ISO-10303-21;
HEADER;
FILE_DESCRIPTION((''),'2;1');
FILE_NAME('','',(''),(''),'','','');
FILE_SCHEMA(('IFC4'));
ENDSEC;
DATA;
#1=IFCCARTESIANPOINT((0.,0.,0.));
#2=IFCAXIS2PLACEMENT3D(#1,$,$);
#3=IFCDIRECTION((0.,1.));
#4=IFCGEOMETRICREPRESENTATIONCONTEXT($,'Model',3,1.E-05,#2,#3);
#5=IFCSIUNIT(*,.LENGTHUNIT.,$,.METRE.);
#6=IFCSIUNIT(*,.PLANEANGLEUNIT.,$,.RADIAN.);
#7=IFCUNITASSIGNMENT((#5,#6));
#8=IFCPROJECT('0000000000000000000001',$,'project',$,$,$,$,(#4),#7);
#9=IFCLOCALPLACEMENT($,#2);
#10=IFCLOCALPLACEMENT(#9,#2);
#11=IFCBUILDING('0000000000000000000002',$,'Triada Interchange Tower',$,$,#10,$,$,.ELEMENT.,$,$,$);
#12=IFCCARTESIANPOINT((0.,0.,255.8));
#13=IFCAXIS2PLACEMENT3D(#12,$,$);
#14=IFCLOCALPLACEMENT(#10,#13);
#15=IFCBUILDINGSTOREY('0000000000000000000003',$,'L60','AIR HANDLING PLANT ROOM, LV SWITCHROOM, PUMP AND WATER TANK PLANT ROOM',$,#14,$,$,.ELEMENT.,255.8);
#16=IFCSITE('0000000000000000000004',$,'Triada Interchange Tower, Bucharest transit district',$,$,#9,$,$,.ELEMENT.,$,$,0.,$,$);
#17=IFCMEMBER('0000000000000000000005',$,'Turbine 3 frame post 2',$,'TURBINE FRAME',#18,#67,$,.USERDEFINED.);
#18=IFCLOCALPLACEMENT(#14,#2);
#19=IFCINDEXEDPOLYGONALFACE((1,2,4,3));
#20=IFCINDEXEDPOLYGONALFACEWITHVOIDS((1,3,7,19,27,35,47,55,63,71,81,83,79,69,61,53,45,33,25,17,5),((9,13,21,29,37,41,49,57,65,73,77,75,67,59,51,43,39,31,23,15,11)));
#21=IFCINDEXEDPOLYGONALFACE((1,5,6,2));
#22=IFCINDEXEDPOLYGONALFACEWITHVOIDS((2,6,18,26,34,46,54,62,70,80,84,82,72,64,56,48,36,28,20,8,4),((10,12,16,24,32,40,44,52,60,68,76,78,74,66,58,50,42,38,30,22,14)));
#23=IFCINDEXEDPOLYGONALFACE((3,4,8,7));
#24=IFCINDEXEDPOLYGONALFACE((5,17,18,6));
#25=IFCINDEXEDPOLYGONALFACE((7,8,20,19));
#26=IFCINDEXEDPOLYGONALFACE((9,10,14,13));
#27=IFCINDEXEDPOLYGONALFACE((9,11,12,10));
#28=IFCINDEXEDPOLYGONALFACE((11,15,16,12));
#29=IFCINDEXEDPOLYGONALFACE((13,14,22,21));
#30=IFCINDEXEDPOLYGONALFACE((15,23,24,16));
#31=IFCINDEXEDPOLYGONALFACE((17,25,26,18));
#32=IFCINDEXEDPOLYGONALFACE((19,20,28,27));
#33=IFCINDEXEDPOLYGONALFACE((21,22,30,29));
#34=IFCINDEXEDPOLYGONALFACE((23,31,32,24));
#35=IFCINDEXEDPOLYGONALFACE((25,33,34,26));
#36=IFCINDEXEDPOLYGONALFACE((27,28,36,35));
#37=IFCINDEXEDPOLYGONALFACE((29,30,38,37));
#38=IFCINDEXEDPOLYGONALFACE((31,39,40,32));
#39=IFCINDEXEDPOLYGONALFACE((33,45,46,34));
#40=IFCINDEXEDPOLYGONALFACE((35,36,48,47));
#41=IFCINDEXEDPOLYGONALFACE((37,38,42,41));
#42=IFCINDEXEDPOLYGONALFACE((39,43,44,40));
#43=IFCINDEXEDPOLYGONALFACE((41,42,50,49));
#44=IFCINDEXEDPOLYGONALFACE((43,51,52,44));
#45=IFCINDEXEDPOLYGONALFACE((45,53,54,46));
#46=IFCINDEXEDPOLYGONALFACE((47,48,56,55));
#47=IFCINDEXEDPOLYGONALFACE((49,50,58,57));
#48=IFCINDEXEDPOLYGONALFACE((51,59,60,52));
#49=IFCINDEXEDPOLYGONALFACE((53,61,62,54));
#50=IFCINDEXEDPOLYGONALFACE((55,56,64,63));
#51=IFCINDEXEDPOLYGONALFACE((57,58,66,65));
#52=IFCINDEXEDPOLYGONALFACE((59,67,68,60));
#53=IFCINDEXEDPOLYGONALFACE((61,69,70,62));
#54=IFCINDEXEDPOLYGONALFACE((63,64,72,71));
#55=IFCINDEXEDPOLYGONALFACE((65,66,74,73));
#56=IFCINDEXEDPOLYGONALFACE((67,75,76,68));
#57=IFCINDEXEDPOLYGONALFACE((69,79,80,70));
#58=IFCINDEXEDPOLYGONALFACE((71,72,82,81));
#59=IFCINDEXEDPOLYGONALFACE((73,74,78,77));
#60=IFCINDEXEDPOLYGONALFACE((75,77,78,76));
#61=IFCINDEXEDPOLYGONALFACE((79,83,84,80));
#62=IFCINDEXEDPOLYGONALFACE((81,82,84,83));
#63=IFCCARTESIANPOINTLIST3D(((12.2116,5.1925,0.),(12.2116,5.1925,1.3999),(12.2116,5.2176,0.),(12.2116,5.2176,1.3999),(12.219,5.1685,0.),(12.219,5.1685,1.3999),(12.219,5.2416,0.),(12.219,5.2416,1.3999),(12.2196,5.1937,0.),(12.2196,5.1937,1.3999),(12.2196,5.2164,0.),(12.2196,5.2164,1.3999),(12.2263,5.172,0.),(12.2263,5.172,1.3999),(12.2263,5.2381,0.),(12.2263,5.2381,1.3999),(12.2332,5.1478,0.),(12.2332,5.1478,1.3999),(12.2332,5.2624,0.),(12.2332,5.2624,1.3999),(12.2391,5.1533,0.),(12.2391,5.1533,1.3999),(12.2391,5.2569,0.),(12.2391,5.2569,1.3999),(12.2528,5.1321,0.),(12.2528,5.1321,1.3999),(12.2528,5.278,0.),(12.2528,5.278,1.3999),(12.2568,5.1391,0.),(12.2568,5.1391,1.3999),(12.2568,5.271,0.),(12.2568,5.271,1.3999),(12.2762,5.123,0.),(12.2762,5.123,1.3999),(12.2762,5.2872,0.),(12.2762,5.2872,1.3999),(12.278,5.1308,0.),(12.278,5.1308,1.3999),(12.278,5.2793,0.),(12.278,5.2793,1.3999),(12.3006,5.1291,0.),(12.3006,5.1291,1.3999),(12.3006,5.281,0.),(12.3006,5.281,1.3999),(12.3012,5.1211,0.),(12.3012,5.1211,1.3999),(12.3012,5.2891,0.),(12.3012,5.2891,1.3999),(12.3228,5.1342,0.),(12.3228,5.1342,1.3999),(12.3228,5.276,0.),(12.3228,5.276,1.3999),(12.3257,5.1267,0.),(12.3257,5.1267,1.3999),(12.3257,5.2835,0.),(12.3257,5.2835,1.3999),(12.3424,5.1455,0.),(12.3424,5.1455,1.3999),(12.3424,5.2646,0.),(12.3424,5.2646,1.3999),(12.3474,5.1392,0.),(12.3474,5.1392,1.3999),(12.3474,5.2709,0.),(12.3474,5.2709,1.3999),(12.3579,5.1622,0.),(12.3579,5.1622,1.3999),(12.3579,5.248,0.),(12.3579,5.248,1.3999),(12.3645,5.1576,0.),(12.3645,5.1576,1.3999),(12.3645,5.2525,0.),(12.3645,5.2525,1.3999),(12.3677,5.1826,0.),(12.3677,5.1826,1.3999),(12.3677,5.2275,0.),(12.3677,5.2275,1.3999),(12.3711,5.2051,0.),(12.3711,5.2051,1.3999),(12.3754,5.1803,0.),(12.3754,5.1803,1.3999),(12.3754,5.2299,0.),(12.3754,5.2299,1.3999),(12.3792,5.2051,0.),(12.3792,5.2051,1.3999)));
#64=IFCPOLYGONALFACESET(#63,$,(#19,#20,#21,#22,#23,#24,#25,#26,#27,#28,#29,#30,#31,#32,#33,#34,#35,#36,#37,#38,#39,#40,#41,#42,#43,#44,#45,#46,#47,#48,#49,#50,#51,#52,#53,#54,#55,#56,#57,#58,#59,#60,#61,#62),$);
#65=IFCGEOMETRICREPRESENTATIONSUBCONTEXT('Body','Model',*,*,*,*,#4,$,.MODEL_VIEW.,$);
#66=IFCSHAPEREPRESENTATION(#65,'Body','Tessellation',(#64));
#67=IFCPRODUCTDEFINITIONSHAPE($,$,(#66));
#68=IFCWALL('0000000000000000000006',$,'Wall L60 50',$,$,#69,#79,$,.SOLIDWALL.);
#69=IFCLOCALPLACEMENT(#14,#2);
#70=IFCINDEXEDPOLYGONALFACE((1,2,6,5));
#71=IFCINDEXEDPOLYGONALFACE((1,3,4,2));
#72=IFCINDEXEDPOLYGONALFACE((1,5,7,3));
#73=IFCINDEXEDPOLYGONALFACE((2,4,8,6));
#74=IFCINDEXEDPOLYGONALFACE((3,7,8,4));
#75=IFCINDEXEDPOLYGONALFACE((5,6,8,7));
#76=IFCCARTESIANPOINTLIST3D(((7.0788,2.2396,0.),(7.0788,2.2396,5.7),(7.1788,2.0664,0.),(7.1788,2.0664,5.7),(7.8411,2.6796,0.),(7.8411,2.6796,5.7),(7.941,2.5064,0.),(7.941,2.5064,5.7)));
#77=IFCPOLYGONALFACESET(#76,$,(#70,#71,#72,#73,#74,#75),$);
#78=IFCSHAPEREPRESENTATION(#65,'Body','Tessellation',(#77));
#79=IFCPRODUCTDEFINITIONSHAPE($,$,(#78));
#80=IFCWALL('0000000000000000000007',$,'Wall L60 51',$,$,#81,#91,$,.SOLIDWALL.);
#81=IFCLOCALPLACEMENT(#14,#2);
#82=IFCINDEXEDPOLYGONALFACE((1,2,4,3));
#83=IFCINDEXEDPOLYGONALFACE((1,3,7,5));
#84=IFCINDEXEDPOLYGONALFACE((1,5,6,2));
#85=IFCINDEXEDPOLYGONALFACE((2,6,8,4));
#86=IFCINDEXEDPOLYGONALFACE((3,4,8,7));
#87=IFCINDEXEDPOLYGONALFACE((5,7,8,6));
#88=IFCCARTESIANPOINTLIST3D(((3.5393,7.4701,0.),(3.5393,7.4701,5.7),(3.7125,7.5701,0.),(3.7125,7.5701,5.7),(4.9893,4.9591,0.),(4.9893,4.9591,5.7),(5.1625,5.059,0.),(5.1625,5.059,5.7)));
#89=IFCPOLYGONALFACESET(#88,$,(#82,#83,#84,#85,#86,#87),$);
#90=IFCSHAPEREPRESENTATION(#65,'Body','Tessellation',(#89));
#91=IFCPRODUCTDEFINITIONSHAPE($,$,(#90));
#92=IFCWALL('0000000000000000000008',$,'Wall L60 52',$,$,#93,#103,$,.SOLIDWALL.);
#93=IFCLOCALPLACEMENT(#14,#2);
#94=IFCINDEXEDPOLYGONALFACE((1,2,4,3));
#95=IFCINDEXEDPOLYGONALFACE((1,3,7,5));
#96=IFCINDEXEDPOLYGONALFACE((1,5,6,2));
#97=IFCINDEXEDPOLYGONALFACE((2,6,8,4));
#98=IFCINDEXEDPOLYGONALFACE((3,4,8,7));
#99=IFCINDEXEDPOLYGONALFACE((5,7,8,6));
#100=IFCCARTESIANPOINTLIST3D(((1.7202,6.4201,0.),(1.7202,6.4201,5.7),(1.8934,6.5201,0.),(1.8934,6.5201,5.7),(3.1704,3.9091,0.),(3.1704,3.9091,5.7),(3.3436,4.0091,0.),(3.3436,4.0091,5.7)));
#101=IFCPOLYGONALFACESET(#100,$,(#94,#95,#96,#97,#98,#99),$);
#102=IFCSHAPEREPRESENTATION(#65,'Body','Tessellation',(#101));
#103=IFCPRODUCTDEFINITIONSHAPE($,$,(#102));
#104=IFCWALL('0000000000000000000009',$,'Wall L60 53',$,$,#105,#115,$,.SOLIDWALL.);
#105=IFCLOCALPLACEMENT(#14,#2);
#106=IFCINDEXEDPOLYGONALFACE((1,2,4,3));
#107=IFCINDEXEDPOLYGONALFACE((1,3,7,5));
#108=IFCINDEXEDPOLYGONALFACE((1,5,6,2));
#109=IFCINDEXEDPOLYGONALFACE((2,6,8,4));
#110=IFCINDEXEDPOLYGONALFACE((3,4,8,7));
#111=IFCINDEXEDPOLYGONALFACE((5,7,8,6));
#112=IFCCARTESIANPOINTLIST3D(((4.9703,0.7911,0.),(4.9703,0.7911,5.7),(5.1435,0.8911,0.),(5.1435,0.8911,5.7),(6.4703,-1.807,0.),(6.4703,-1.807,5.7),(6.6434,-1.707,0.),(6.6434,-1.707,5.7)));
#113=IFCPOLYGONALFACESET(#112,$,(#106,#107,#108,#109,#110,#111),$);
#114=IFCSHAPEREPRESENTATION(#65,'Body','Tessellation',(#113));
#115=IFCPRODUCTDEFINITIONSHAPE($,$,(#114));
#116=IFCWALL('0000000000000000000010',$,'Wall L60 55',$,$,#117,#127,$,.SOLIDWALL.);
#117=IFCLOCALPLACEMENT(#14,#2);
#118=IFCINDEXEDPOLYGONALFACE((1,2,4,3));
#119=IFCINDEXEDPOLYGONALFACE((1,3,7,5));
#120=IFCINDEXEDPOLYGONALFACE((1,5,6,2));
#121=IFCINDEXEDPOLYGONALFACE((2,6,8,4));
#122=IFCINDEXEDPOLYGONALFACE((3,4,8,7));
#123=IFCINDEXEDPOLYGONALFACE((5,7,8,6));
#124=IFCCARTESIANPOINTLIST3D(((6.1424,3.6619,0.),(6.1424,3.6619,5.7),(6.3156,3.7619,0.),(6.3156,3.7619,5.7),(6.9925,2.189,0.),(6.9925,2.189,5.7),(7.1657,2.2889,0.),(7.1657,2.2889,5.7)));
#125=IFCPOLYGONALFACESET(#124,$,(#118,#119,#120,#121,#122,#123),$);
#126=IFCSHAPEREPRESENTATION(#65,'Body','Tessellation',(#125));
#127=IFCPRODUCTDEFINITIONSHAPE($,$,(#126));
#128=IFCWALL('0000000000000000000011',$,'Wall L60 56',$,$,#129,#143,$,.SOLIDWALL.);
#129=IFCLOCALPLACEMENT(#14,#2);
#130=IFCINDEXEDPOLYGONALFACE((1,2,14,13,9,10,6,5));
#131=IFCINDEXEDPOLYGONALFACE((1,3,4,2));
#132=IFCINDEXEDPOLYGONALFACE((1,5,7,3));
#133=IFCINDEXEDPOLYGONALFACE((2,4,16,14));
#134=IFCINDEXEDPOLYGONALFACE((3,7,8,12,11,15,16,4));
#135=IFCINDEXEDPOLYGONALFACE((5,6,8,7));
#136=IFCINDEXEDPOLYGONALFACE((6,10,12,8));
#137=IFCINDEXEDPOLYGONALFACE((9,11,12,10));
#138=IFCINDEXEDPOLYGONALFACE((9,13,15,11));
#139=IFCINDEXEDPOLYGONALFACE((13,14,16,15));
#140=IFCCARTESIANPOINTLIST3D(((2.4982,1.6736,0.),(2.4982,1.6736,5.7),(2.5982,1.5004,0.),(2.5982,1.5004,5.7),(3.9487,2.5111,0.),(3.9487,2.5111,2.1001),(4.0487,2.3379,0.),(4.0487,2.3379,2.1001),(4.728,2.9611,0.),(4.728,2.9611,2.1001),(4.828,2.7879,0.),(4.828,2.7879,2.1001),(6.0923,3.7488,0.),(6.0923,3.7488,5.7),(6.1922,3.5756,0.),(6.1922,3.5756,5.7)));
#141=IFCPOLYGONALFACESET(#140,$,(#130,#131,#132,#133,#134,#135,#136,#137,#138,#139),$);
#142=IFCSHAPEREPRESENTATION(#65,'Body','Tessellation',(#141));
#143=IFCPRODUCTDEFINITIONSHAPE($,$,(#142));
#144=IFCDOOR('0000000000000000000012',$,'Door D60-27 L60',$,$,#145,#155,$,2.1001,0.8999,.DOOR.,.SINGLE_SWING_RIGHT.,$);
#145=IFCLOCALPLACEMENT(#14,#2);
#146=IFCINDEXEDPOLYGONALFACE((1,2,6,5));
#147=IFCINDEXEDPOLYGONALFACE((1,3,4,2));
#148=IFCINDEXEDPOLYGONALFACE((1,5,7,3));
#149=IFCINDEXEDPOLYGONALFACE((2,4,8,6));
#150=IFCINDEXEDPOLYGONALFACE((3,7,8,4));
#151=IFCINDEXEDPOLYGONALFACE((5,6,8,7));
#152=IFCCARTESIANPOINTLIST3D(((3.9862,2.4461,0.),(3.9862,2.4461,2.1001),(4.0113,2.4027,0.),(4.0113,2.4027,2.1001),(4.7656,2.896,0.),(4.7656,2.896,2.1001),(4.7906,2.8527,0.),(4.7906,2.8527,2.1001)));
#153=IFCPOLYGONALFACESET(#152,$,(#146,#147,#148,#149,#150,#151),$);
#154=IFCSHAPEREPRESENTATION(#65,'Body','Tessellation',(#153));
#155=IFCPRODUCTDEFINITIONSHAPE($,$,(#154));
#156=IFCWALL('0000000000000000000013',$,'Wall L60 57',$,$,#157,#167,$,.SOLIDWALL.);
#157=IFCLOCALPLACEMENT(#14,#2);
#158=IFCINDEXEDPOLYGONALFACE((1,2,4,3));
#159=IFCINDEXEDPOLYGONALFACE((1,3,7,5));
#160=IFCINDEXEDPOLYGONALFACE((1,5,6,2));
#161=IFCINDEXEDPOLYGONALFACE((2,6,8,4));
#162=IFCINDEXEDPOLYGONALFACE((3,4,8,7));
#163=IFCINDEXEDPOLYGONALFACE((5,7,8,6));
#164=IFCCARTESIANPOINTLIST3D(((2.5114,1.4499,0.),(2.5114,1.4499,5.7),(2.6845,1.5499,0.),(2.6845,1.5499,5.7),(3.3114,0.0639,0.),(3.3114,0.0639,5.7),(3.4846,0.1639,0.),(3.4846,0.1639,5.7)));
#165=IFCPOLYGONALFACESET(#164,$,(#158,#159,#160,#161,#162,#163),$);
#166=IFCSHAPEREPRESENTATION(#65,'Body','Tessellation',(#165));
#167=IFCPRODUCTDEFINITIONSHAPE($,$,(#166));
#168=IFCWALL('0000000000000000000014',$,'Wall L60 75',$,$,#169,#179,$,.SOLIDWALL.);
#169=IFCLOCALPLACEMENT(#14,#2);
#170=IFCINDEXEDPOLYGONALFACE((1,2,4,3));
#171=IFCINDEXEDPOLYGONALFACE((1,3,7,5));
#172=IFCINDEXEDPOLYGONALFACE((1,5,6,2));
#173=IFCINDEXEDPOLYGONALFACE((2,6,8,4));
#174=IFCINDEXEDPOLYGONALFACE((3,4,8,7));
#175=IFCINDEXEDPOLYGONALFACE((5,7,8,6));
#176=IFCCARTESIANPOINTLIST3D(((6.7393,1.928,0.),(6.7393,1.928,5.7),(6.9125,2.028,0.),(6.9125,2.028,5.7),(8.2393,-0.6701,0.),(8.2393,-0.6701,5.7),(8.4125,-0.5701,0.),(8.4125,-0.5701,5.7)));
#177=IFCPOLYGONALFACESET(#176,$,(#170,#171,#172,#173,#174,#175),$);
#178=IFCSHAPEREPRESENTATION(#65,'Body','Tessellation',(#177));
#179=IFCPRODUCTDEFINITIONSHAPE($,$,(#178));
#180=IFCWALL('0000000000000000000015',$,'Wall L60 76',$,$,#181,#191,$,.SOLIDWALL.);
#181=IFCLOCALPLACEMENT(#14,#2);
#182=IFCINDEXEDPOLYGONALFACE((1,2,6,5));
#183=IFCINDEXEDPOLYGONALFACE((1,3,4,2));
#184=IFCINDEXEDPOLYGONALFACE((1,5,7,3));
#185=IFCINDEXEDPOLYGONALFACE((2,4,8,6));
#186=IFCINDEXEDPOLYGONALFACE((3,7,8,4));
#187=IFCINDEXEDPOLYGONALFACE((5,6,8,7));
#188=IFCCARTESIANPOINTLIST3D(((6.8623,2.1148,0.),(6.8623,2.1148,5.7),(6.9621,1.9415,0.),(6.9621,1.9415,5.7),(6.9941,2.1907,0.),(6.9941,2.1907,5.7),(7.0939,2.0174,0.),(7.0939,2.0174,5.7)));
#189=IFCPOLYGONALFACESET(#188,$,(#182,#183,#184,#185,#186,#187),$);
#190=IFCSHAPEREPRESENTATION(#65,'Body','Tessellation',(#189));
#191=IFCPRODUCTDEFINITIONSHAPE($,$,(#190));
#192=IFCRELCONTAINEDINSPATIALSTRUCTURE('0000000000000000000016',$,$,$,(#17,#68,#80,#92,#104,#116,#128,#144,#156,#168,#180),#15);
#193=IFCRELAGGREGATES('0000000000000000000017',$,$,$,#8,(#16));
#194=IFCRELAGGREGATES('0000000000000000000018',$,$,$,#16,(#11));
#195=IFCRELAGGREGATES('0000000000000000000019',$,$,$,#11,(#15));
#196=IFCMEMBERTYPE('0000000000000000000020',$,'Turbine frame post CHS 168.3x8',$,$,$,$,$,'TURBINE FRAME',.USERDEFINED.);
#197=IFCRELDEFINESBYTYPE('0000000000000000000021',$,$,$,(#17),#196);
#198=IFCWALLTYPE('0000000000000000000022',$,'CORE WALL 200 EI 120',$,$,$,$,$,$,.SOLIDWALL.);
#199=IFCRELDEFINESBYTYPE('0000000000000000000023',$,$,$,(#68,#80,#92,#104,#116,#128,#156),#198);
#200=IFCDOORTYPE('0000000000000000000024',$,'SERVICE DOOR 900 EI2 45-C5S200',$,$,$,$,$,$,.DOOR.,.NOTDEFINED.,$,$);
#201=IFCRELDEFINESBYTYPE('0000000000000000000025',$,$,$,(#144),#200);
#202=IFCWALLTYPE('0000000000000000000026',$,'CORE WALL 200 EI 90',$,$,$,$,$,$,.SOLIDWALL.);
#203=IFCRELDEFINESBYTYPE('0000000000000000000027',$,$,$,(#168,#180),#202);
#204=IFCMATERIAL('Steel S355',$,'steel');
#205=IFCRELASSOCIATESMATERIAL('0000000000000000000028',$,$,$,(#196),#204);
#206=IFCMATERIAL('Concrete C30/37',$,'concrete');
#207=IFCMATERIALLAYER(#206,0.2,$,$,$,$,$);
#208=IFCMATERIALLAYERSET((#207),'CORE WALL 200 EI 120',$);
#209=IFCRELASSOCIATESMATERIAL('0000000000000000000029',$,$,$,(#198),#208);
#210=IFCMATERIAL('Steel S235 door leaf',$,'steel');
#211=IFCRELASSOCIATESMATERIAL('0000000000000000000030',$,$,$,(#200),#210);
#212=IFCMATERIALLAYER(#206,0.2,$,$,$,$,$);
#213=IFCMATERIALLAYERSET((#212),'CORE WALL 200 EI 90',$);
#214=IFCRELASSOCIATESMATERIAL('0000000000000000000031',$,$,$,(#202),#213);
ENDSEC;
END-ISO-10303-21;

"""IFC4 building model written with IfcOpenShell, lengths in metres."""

from ifc_helpers import new_model, si_unit, direction, frame, frame_2d, origin, origin_2d, place, context, subcontext, project, spatial, rectangle, hollow_circle, extrude, material, layer, layer_set, material_profile, profile_set, type_object, element, fill, save


model = new_model("IFC4")

# Units and contexts
model_context = context("Model", 3, precision=1e-05, world=origin(), true_north=direction((0.0, 1.0)))
body_context = subcontext(model_context, "Body", "Model", "MODEL_VIEW")
ifc_project = project(units=[si_unit("LENGTHUNIT", "METRE"), si_unit("PLANEANGLEUNIT", "RADIAN")], contexts=[model_context])

# Site, building, storey
site_placement = place(None, origin())
site = spatial("IfcSite", under=ifc_project, at=site_placement, Name="Triada Interchange Tower, Bucharest transit district", CompositionType="ELEMENT", RefElevation=0.0)
building_placement = place(site_placement, origin())
building = spatial("IfcBuilding", under=site, at=building_placement, Name="Triada Interchange Tower", CompositionType="ELEMENT")
storey_placement = place(building_placement, frame((0.0, 0.0, 255.8)))
storey = spatial("IfcBuildingStorey", under=building, at=storey_placement, Name="L60", Description="AIR HANDLING PLANT ROOM, LV SWITCHROOM, PUMP AND WATER TANK PLANT ROOM", CompositionType="ELEMENT", Elevation=255.8)

# Member
ifc_material_1 = material(Name="Steel S355", Category="steel")
ifc_material_profile_1 = material_profile(ifc_material_1, hollow_circle(Radius=0.0842, WallThickness=0.0081, at=origin_2d()), Name="CHS 168.3x8")
ifc_profile_set_1 = profile_set([ifc_material_profile_1], Name="Steel S355")
member_type_1 = type_object("IfcMemberType", Name="Turbine frame post CHS 168.3x8", ElementType="TURBINE FRAME", PredefinedType="USERDEFINED", material=ifc_profile_set_1)
for number, where, z_axis, x_axis, name in (
    (1, (12.2949, 5.2051, 0.0), (0.0, 0.0, 1.0), (1.0, 0.0, 0.0), "Turbine 3 frame post 2"),
):
    element("IfcMember", number, at=place(storey_placement, frame(where, z_axis=z_axis, x_axis=x_axis)), inside=storey, type_object=member_type_1, Name=name, ObjectType="TURBINE FRAME", PredefinedType="USERDEFINED", context=body_context, shape_type="SweptSolid", body=[
        extrude(hollow_circle(Radius=0.0842, WallThickness=0.0081, at=origin_2d()), origin(), (0.0, 0.0, 1.0), 1.3999),
    ])

# Walls
ifc_material_2 = material(Name="Concrete C30/37", Category="concrete")
ifc_layer_1 = layer(ifc_material_2, 0.2)
ifc_layer_set_1 = layer_set([ifc_layer_1], Name="CORE WALL 200 EI 120")
wall_type_1 = type_object("IfcWallType", Name="CORE WALL 200 EI 120", PredefinedType="SOLIDWALL", material=ifc_layer_set_1)
wall_1_placement = place(storey_placement, frame((7.1289, 2.1531, 0.0), z_axis=(0.0, 0.0, 1.0), x_axis=(0.866084, 0.499899, 0.0)))
element("IfcWall", 2, at=wall_1_placement, inside=storey, type_object=wall_type_1, Name="Wall L60 50", PredefinedType="SOLIDWALL", context=body_context, shape_type="SweptSolid", body=[
    extrude(rectangle(XDim=0.8801, YDim=0.2, at=frame_2d((0.4399, 0.0))), origin(), (0.0, 0.0, 1.0), 5.7),
])
for number, where, z_axis, x_axis, name in (
    (3, (3.626, 7.52, 0.0), (0.0, 0.0, 1.0), (0.50006, -0.865991, 0.0), "Wall L60 51"),
    (4, (1.8069, 6.47, 0.0), (0.0, 0.0, 1.0), (0.500123, -0.865954, 0.0), "Wall L60 52"),
):
    element("IfcWall", number, at=place(storey_placement, frame(where, z_axis=z_axis, x_axis=x_axis)), inside=storey, type_object=wall_type_1, Name=name, PredefinedType="SOLIDWALL", context=body_context, shape_type="SweptSolid", body=[
        extrude(rectangle(XDim=2.8997, YDim=0.2, at=frame_2d((1.4497, 0.0))), origin(), (0.0, 0.0, 1.0), 5.7),
    ])
wall_2_placement = place(storey_placement, frame((5.0569, 0.8411, 0.0), z_axis=(0.0, 0.0, 1.0), x_axis=(0.49999, -0.866031, 0.0)))
element("IfcWall", 5, at=wall_2_placement, inside=storey, type_object=wall_type_1, Name="Wall L60 53", PredefinedType="SOLIDWALL", context=body_context, shape_type="SweptSolid", body=[
    extrude(rectangle(XDim=3.0, YDim=0.2, at=frame_2d((1.5, 0.0))), origin(), (0.0, 0.0, 1.0), 5.7),
])
wall_3_placement = place(storey_placement, frame((6.229, 3.7119, 0.0), z_axis=(0.0, 0.0, 1.0), x_axis=(0.499876, -0.866097, 0.0)))
element("IfcWall", 6, at=wall_3_placement, inside=storey, type_object=wall_type_1, Name="Wall L60 55", PredefinedType="SOLIDWALL", context=body_context, shape_type="SweptSolid", body=[
    extrude(rectangle(XDim=1.7007, YDim=0.2, at=frame_2d((0.8503, 0.0))), origin(), (0.0, 0.0, 1.0), 5.7),
])

# Wall, opening, door
wall_4_placement = place(storey_placement, frame((2.5481, 1.5869, 0.0), z_axis=(0.0, 0.0, 1.0), x_axis=(0.866004, 0.500036, 0.0)))
wall_4 = element("IfcWall", 7, at=wall_4_placement, inside=storey, type_object=wall_type_1, Name="Wall L60 56", PredefinedType="SOLIDWALL", context=body_context, shape_type="SweptSolid", body=[
    extrude(rectangle(XDim=4.1501, YDim=0.2, at=frame_2d((2.0752, 0.0))), origin(), (0.0, 0.0, 1.0), 5.7),
])
opening_1_placement = place(wall_4_placement, frame((1.675, 0.0, 0.0)))
opening_1 = element("IfcOpeningElement", 8, at=opening_1_placement, cuts=wall_4, PredefinedType="OPENING", context=body_context, shape_type="SweptSolid", body=[
    extrude(rectangle(XDim=0.8999, YDim=2.1001, at=frame_2d((0.45, 1.05))), frame((0.0, 0.1099, 0.0), z_axis=(0.0, -1.0, 0.0), x_axis=(1.0, 0.0, 0.0)), (0.0, 0.0, 1.0), 0.22),
])
ifc_material_3 = material(Name="Steel S235 door leaf", Category="steel")
door_type_1 = type_object("IfcDoorType", Name="SERVICE DOOR 900 EI2 45-C5S200", OperationType="NOTDEFINED", PredefinedType="DOOR", material=ifc_material_3)
door_1_placement = place(opening_1_placement, origin())
door_1 = element("IfcDoor", 9, at=door_1_placement, inside=storey, type_object=door_type_1, Name="Door D60-27 L60", OperationType="SINGLE_SWING_RIGHT", OverallHeight=2.1001, OverallWidth=0.8999, PredefinedType="DOOR", context=body_context, shape_type="SweptSolid", body=[
    extrude(rectangle(XDim=0.8999, YDim=2.1001, at=frame_2d((0.45, 1.05))), frame((0.0, 0.0249, 0.0), z_axis=(0.0, -1.0, 0.0), x_axis=(1.0, 0.0, 0.0)), (0.0, 0.0, 1.0), 0.05),
])
fill(opening_1, door_1)

# Walls
wall_5_placement = place(storey_placement, frame((2.5979, 1.5, 0.0), z_axis=(0.0, 0.0, 1.0), x_axis=(0.499929, -0.866066, 0.0)))
element("IfcWall", 10, at=wall_5_placement, inside=storey, type_object=wall_type_1, Name="Wall L60 57", PredefinedType="SOLIDWALL", context=body_context, shape_type="SweptSolid", body=[
    extrude(rectangle(XDim=1.6003, YDim=0.2, at=frame_2d((0.8003, 0.0))), origin(), (0.0, 0.0, 1.0), 5.7),
])
ifc_layer_2 = layer(ifc_material_2, 0.2)
ifc_layer_set_2 = layer_set([ifc_layer_2], Name="CORE WALL 200 EI 90")
wall_type_2 = type_object("IfcWallType", Name="CORE WALL 200 EI 90", PredefinedType="SOLIDWALL", material=ifc_layer_set_2)
wall_6_placement = place(storey_placement, frame((6.8259, 1.978, 0.0), z_axis=(0.0, 0.0, 1.0), x_axis=(0.49999, -0.866031, 0.0)))
element("IfcWall", 11, at=wall_6_placement, inside=storey, type_object=wall_type_2, Name="Wall L60 75", PredefinedType="SOLIDWALL", context=body_context, shape_type="SweptSolid", body=[
    extrude(rectangle(XDim=3.0, YDim=0.2, at=frame_2d((1.5, 0.0))), origin(), (0.0, 0.0, 1.0), 5.7),
])
wall_7_placement = place(storey_placement, frame((6.9121, 2.0281, 0.0), z_axis=(0.0, 0.0, 1.0), x_axis=(0.866559, 0.499074, 0.0)))
element("IfcWall", 12, at=wall_7_placement, inside=storey, type_object=wall_type_2, Name="Wall L60 76", PredefinedType="SOLIDWALL", context=body_context, shape_type="SweptSolid", body=[
    extrude(rectangle(XDim=0.1521, YDim=0.2, at=frame_2d((0.0762, 0.0))), origin(), (0.0, 0.0, 1.0), 5.7),
])

save(model, "model.ifc")
